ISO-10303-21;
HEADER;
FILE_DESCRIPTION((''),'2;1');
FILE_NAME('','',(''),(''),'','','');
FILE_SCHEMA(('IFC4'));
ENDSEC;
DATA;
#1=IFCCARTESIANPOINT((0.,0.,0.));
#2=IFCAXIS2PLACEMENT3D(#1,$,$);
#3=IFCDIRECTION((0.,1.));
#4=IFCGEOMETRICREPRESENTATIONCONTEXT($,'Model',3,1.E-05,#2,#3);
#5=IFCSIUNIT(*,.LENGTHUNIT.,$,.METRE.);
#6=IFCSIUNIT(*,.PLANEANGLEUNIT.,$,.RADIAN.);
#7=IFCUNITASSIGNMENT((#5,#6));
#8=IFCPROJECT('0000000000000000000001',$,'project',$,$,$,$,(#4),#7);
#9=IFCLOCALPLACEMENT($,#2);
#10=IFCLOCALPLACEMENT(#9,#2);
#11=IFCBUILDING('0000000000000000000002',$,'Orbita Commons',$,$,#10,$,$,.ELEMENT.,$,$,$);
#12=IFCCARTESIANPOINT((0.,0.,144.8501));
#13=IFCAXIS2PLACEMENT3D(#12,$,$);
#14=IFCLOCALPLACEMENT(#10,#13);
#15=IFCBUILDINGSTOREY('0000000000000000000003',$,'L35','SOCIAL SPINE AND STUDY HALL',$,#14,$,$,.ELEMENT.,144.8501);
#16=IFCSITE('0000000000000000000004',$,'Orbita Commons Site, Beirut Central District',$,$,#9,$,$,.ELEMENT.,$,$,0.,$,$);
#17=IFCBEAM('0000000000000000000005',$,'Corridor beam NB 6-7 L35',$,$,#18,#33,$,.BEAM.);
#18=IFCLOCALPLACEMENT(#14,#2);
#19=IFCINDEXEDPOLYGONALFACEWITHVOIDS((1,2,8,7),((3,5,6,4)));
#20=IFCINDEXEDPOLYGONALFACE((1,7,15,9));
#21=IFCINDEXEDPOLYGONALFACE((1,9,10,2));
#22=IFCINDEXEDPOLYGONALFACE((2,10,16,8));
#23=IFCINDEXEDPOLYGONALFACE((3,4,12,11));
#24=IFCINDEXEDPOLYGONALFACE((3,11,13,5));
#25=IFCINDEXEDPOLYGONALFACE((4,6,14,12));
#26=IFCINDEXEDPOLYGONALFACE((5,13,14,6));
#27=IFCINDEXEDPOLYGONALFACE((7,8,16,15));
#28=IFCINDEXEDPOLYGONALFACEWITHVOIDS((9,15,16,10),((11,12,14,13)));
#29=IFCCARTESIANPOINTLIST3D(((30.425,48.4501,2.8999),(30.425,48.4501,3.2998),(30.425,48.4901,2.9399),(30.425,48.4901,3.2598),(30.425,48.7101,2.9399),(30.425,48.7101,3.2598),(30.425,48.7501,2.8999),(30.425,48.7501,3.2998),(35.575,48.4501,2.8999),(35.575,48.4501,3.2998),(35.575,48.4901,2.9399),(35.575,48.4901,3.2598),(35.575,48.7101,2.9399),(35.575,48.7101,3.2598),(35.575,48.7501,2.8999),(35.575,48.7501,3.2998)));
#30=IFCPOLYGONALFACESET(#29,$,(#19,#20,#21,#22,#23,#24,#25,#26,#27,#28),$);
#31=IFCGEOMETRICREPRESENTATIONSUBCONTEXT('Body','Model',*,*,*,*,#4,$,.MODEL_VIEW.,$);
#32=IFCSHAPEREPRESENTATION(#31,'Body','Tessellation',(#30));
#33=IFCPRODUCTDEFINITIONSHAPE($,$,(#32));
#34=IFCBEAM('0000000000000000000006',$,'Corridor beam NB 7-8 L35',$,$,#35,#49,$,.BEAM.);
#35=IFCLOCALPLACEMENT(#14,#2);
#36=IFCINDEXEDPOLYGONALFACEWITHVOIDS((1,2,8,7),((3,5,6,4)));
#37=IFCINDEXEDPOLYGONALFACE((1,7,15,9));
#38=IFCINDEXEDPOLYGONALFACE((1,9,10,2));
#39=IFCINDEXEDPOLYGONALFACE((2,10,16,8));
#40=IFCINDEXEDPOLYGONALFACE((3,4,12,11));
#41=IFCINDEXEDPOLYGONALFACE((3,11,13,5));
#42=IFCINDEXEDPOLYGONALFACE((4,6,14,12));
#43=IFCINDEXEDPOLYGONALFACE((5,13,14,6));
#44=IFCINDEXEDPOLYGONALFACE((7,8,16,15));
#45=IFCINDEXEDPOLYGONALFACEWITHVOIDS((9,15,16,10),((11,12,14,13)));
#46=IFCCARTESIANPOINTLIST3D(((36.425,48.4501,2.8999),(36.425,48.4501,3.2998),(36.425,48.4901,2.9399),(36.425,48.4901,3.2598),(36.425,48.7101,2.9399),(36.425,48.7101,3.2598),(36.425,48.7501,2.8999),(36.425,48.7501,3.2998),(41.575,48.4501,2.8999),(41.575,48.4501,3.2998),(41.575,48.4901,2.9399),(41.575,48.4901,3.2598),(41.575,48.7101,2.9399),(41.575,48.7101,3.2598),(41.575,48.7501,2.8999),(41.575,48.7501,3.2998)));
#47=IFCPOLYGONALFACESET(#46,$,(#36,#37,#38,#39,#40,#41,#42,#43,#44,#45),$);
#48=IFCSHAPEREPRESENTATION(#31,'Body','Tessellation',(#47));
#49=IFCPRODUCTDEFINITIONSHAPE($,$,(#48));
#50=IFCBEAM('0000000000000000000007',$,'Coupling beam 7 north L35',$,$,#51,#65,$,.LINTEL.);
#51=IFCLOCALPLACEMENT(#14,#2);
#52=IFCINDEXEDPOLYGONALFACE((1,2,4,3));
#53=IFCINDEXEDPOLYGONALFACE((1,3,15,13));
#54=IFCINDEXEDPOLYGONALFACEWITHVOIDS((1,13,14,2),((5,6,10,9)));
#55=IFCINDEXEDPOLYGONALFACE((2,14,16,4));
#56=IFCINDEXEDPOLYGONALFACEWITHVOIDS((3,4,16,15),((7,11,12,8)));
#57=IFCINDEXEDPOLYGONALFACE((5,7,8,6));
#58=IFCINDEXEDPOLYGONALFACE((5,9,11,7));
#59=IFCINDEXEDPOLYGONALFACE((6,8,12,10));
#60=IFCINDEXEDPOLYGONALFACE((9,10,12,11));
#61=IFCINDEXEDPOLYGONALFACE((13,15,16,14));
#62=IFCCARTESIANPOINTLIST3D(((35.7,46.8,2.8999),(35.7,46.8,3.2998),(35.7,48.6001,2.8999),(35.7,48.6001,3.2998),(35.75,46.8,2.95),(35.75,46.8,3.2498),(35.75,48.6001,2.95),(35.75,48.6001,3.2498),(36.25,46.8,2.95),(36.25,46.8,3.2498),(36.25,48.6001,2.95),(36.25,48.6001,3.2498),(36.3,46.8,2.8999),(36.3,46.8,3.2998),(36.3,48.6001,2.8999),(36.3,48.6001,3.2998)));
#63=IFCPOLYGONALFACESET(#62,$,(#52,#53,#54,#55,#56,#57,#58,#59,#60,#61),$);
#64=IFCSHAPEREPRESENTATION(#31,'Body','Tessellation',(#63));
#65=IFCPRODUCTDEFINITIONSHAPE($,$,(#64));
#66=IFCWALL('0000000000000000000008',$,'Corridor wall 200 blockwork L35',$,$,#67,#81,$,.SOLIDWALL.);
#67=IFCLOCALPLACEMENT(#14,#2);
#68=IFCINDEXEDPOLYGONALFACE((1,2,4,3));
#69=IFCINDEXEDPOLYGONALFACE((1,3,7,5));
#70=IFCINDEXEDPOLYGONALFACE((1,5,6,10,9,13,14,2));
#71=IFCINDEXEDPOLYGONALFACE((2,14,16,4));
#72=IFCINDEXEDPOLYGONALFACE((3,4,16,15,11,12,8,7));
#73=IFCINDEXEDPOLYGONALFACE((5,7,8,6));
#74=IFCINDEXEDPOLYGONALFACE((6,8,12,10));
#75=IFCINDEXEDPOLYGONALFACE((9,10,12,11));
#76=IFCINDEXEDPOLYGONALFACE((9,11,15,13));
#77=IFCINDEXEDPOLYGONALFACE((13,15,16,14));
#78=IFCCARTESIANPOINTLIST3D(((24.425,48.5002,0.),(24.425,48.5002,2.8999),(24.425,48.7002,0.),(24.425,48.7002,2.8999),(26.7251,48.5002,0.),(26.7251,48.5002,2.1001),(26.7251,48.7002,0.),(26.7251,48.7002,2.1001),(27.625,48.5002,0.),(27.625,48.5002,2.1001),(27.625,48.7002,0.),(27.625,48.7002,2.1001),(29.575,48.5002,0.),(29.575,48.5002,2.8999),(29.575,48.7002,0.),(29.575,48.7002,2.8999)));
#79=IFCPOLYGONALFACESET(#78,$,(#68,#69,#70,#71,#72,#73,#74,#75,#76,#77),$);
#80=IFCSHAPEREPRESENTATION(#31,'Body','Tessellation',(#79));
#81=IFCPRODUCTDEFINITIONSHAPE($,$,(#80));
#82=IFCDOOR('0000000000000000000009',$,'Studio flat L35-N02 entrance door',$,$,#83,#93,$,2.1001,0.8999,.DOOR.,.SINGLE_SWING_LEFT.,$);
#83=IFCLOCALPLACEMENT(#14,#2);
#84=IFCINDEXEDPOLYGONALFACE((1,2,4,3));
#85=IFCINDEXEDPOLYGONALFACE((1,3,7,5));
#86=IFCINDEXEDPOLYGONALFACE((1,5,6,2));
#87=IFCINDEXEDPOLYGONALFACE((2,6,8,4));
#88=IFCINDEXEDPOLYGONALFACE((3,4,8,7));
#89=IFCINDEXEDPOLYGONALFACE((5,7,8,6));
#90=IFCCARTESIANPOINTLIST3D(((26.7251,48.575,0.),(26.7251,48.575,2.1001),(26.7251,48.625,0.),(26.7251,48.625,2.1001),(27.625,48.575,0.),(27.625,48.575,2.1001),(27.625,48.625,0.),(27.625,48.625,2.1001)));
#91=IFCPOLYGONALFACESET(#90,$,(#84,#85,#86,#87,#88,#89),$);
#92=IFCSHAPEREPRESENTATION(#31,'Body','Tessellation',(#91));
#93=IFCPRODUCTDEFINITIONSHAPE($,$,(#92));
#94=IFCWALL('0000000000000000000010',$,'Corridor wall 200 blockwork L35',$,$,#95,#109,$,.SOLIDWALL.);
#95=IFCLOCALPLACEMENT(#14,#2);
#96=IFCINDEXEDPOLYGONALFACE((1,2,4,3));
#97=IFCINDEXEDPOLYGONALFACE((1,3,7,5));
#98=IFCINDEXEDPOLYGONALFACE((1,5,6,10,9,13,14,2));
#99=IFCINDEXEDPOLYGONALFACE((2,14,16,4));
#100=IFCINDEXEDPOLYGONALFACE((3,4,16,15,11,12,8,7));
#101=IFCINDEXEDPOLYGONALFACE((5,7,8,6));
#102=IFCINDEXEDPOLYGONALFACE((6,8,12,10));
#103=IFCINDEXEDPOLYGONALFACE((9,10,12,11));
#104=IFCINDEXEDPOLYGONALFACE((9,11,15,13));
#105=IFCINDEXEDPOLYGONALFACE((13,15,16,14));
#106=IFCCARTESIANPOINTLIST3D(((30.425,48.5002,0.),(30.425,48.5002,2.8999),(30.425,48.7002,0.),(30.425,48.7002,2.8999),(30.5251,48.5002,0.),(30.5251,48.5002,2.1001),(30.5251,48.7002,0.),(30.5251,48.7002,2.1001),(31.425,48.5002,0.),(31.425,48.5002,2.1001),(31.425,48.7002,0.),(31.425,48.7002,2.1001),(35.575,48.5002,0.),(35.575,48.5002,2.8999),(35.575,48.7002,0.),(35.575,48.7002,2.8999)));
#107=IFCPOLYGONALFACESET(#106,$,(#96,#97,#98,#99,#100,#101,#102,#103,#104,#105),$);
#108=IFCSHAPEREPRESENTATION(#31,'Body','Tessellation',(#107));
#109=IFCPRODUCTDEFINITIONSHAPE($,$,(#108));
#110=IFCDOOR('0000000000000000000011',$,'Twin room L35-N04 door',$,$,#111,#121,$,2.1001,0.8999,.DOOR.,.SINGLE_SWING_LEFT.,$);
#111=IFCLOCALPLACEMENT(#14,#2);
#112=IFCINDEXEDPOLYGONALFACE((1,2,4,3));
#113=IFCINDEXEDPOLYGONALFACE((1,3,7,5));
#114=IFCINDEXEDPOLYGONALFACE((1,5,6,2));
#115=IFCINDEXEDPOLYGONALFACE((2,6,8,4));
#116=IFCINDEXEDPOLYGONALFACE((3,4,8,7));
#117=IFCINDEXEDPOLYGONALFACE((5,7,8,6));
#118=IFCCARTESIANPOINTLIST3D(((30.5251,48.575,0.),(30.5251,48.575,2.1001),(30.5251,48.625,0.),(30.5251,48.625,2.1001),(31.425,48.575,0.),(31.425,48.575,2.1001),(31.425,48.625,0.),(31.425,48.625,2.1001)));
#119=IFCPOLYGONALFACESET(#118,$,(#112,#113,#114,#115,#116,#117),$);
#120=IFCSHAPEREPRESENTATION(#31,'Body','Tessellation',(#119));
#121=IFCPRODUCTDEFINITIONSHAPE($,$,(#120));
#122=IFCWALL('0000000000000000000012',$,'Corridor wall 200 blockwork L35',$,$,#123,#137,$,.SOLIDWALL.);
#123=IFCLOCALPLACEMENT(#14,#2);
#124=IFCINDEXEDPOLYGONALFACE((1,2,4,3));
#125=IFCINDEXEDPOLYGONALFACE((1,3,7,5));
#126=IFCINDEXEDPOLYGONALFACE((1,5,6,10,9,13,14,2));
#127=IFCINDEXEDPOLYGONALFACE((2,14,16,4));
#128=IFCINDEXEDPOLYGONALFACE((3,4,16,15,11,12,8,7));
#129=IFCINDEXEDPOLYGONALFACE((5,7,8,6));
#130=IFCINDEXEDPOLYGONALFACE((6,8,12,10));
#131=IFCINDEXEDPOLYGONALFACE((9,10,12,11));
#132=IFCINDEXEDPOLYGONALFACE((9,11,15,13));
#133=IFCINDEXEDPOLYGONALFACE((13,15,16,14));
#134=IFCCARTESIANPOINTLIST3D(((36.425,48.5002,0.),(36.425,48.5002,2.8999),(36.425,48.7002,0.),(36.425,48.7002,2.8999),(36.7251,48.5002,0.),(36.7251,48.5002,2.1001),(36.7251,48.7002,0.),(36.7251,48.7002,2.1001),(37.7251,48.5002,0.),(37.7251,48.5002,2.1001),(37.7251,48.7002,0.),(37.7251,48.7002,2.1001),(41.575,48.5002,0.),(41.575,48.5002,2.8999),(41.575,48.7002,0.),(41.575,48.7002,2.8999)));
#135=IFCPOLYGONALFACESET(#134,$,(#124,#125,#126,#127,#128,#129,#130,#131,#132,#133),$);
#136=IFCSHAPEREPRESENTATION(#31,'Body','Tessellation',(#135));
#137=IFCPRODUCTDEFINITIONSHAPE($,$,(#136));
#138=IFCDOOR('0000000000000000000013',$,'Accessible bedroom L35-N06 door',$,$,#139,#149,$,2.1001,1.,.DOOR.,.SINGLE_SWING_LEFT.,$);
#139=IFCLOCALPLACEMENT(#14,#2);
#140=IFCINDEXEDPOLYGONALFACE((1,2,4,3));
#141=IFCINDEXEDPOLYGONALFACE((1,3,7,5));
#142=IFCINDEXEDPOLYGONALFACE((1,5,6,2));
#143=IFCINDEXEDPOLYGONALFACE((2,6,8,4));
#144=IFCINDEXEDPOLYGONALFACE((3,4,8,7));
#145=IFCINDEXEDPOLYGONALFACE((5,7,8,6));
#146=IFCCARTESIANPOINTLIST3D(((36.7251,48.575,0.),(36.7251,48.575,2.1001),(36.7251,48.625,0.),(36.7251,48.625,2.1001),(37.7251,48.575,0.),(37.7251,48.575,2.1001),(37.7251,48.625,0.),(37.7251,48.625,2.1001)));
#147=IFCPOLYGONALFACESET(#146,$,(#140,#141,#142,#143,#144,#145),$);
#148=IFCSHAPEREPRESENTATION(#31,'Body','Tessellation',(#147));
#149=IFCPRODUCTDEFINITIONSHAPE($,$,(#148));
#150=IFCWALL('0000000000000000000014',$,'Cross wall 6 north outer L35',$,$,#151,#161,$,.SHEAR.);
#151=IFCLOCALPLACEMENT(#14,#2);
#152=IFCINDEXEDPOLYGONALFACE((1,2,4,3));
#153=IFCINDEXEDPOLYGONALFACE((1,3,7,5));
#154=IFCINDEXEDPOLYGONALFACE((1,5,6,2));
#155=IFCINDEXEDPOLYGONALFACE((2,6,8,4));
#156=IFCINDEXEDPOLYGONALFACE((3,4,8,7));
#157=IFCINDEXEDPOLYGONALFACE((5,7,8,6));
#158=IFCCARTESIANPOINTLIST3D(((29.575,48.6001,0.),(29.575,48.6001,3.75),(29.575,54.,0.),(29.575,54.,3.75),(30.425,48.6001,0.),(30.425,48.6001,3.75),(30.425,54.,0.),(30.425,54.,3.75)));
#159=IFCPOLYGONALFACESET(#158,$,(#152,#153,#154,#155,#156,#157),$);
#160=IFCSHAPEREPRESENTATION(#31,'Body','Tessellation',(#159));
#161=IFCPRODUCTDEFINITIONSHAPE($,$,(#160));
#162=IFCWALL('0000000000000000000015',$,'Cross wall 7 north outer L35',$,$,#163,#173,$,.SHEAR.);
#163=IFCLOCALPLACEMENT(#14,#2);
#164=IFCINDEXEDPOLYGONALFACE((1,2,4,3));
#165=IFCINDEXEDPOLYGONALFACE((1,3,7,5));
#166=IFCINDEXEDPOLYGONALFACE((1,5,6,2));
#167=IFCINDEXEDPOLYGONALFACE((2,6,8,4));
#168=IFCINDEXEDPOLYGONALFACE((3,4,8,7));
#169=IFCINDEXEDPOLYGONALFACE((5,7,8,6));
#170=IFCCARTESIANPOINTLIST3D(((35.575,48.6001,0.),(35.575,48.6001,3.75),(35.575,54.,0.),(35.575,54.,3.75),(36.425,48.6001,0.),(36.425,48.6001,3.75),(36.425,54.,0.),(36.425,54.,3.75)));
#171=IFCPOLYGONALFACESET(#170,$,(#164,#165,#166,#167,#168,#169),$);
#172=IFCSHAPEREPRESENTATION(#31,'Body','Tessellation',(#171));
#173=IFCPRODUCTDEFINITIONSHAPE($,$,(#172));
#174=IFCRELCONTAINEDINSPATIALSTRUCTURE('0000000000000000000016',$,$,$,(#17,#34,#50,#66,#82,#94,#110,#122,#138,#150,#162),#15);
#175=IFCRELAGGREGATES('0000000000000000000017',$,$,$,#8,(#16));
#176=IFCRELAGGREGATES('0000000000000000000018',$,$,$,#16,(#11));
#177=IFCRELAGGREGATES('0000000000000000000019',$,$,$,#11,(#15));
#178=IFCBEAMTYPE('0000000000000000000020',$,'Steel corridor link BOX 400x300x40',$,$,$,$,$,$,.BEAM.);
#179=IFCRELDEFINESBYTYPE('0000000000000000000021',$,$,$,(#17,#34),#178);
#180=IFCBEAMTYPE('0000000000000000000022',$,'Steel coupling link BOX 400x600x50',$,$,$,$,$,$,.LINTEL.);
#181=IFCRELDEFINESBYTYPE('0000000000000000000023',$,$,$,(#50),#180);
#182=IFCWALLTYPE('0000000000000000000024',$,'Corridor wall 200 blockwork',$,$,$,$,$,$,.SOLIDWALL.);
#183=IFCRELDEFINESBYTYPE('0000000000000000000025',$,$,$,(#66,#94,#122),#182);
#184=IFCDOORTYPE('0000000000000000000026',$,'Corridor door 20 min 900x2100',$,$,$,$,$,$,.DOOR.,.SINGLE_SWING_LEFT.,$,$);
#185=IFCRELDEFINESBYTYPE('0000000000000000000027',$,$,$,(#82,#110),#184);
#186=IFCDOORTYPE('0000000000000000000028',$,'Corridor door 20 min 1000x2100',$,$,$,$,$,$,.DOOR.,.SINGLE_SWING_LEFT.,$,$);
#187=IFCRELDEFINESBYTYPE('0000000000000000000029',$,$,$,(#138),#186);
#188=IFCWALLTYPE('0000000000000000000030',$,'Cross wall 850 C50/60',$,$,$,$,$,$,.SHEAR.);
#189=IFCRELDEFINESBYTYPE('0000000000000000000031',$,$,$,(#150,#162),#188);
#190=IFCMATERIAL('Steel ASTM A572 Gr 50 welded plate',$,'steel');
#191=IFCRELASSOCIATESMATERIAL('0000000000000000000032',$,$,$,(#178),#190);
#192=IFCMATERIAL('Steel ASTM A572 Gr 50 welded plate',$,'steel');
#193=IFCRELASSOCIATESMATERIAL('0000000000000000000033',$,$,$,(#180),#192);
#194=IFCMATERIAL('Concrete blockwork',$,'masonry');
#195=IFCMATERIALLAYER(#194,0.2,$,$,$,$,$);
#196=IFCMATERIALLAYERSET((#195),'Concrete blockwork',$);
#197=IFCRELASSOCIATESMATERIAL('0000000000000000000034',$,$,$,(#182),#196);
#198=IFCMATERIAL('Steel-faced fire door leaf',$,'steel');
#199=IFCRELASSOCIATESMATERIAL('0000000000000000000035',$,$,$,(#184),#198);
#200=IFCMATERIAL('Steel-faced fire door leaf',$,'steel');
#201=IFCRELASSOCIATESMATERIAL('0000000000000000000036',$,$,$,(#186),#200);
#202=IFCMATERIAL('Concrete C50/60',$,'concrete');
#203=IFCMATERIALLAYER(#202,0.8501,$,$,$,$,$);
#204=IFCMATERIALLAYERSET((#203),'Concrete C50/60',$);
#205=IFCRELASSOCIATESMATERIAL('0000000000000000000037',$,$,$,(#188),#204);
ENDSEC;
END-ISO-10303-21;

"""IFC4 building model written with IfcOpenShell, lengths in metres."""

from ifc_helpers import new_model, si_unit, direction, frame, frame_2d, origin, origin_2d, place, context, subcontext, project, spatial, polyline, rectangle, hollow_rectangle, outline, extrude, material, layer, layer_set, material_profile, profile_set, type_object, element, fill, save


model = new_model("IFC4")

# Units and contexts
model_context = context("Model", 3, precision=1e-05, world=origin(), true_north=direction((0.0, 1.0)))
body_context = subcontext(model_context, "Body", "Model", "MODEL_VIEW")
ifc_project = project(units=[si_unit("LENGTHUNIT", "METRE"), si_unit("PLANEANGLEUNIT", "RADIAN")], contexts=[model_context])

# Site, building, storey
site_placement = place(None, origin())
site = spatial("IfcSite", under=ifc_project, at=site_placement, Name="Orbita Commons Site, Beirut Central District", CompositionType="ELEMENT", RefElevation=0.0)
building_placement = place(site_placement, origin())
building = spatial("IfcBuilding", under=site, at=building_placement, Name="Orbita Commons", CompositionType="ELEMENT")
storey_placement = place(building_placement, frame((0.0, 0.0, 144.8501)))
storey = spatial("IfcBuildingStorey", under=building, at=storey_placement, Name="L35", Description="SOCIAL SPINE AND STUDY HALL", CompositionType="ELEMENT", Elevation=144.8501)

# Beams
ifc_material_1 = material(Name="Steel ASTM A572 Gr 50 welded plate", Category="steel")
ifc_material_profile_1 = material_profile(ifc_material_1, hollow_rectangle(XDim=0.3, YDim=0.3999, WallThickness=0.04, at=origin_2d()), Name="BOX 400x300x40")
ifc_profile_set_1 = profile_set([ifc_material_profile_1], Name="Steel ASTM A572 Gr 50 welded plate")
beam_type_1 = type_object("IfcBeamType", Name="Steel corridor link BOX 400x300x40", PredefinedType="BEAM", material=ifc_profile_set_1)
for number, where, z_axis, x_axis, name in (
    (1, (30.425, 48.6001, 3.0999), (1.0, 0.0, 0.0), (0.0, 1.0, 0.0), "Corridor beam NB 6-7 L35"),
    (2, (36.425, 48.6001, 3.0999), (1.0, 0.0, 0.0), (0.0, 1.0, 0.0), "Corridor beam NB 7-8 L35"),
):
    element("IfcBeam", number, at=place(storey_placement, frame(where, z_axis=z_axis, x_axis=x_axis)), inside=storey, type_object=beam_type_1, Name=name, PredefinedType="BEAM", context=body_context, shape_type="SweptSolid", body=[
        extrude(hollow_rectangle(XDim=0.3, YDim=0.3999, WallThickness=0.04, at=origin_2d()), origin(), (0.0, 0.0, 1.0), 5.1499),
    ])
ifc_material_2 = material(Name="Steel ASTM A572 Gr 50 welded plate", Category="steel")
ifc_material_profile_2 = material_profile(ifc_material_2, hollow_rectangle(XDim=0.6001, YDim=0.3999, WallThickness=0.05, at=origin_2d()), Name="BOX 400x600x50")
ifc_profile_set_2 = profile_set([ifc_material_profile_2], Name="Steel ASTM A572 Gr 50 welded plate")
beam_type_2 = type_object("IfcBeamType", Name="Steel coupling link BOX 400x600x50", PredefinedType="LINTEL", material=ifc_profile_set_2)
beam_placement = place(storey_placement, frame((36.0, 46.8, 3.0999), z_axis=(0.0, 1.0, 0.0), x_axis=(-1.0, 0.0, 0.0)))
element("IfcBeam", 3, at=beam_placement, inside=storey, type_object=beam_type_2, Name="Coupling beam 7 north L35", PredefinedType="LINTEL", context=body_context, shape_type="SweptSolid", body=[
    extrude(hollow_rectangle(XDim=0.6001, YDim=0.3999, WallThickness=0.05, at=origin_2d()), origin(), (0.0, 0.0, 1.0), 1.8),
])

# Walls, openings, doors
ifc_material_3 = material(Name="Concrete blockwork", Category="masonry")
ifc_layer_1 = layer(ifc_material_3, 0.2)
ifc_layer_set_1 = layer_set([ifc_layer_1], Name="Concrete blockwork")
wall_type_1 = type_object("IfcWallType", Name="Corridor wall 200 blockwork", PredefinedType="SOLIDWALL", material=ifc_layer_set_1)
wall_1_placement = place(storey_placement, frame((24.425, 48.6001, 0.0), z_axis=(0.0, 0.0, 1.0), x_axis=(1.0, 0.0, 0.0)))
wall_1 = element("IfcWall", 4, at=wall_1_placement, inside=storey, type_object=wall_type_1, Name="Corridor wall 200 blockwork L35", PredefinedType="SOLIDWALL", context=body_context, shape_type="SweptSolid", body=[
    extrude(outline(polyline([(0.0, 0.0), (5.1499, 0.0), (5.1499, 2.8999), (0.0, 2.8999), (0.0, 0.0)])), frame((0.0, 0.1001, 0.0), z_axis=(0.0, -1.0, 0.0), x_axis=(1.0, 0.0, 0.0)), (0.0, 0.0, 1.0), 0.2),
])
opening_1_placement = place(wall_1_placement, frame((2.3, 0.0, 0.0)))
opening_1 = element("IfcOpeningElement", 5, at=opening_1_placement, cuts=wall_1, PredefinedType="OPENING", context=body_context, shape_type="SweptSolid", body=[
    extrude(rectangle(XDim=0.8999, YDim=2.1001, at=frame_2d((0.45, 1.05))), frame((0.0, 0.1099, 0.0), z_axis=(0.0, -1.0, 0.0), x_axis=(1.0, 0.0, 0.0)), (0.0, 0.0, 1.0), 0.22),
])
ifc_material_4 = material(Name="Steel-faced fire door leaf", Category="steel")
door_type_1 = type_object("IfcDoorType", Name="Corridor door 20 min 900x2100", OperationType="SINGLE_SWING_LEFT", PredefinedType="DOOR", material=ifc_material_4)
door_1_placement = place(opening_1_placement, origin())
door_1 = element("IfcDoor", 6, at=door_1_placement, inside=storey, type_object=door_type_1, Name="Studio flat L35-N02 entrance door", OperationType="SINGLE_SWING_LEFT", OverallHeight=2.1001, OverallWidth=0.8999, PredefinedType="DOOR", context=body_context, shape_type="SweptSolid", body=[
    extrude(rectangle(XDim=0.8999, YDim=2.1001, at=frame_2d((0.45, 1.05))), frame((0.0, 0.0249, 0.0), z_axis=(0.0, -1.0, 0.0), x_axis=(1.0, 0.0, 0.0)), (0.0, 0.0, 1.0), 0.05),
])
fill(opening_1, door_1)
wall_2_placement = place(storey_placement, frame((30.425, 48.6001, 0.0), z_axis=(0.0, 0.0, 1.0), x_axis=(1.0, 0.0, 0.0)))
wall_2 = element("IfcWall", 7, at=wall_2_placement, inside=storey, type_object=wall_type_1, Name="Corridor wall 200 blockwork L35", PredefinedType="SOLIDWALL", context=body_context, shape_type="SweptSolid", body=[
    extrude(outline(polyline([(0.0, 0.0), (5.1499, 0.0), (5.1499, 2.8999), (0.0, 2.8999), (0.0, 0.0)])), frame((0.0, 0.1001, 0.0), z_axis=(0.0, -1.0, 0.0), x_axis=(1.0, 0.0, 0.0)), (0.0, 0.0, 1.0), 0.2),
])
opening_2_placement = place(wall_2_placement, frame((0.1001, 0.0, 0.0)))
opening_2 = element("IfcOpeningElement", 8, at=opening_2_placement, cuts=wall_2, PredefinedType="OPENING", context=body_context, shape_type="SweptSolid", body=[
    extrude(rectangle(XDim=0.8999, YDim=2.1001, at=frame_2d((0.45, 1.05))), frame((0.0, 0.1099, 0.0), z_axis=(0.0, -1.0, 0.0), x_axis=(1.0, 0.0, 0.0)), (0.0, 0.0, 1.0), 0.22),
])
door_2_placement = place(opening_2_placement, origin())
door_2 = element("IfcDoor", 9, at=door_2_placement, inside=storey, type_object=door_type_1, Name="Twin room L35-N04 door", OperationType="SINGLE_SWING_LEFT", OverallHeight=2.1001, OverallWidth=0.8999, PredefinedType="DOOR", context=body_context, shape_type="SweptSolid", body=[
    extrude(rectangle(XDim=0.8999, YDim=2.1001, at=frame_2d((0.45, 1.05))), frame((0.0, 0.0249, 0.0), z_axis=(0.0, -1.0, 0.0), x_axis=(1.0, 0.0, 0.0)), (0.0, 0.0, 1.0), 0.05),
])
fill(opening_2, door_2)
wall_3_placement = place(storey_placement, frame((36.425, 48.6001, 0.0), z_axis=(0.0, 0.0, 1.0), x_axis=(1.0, 0.0, 0.0)))
wall_3 = element("IfcWall", 10, at=wall_3_placement, inside=storey, type_object=wall_type_1, Name="Corridor wall 200 blockwork L35", PredefinedType="SOLIDWALL", context=body_context, shape_type="SweptSolid", body=[
    extrude(outline(polyline([(0.0, 0.0), (5.1499, 0.0), (5.1499, 2.8999), (0.0, 2.8999), (0.0, 0.0)])), frame((0.0, 0.1001, 0.0), z_axis=(0.0, -1.0, 0.0), x_axis=(1.0, 0.0, 0.0)), (0.0, 0.0, 1.0), 0.2),
])
opening_3_placement = place(wall_3_placement, frame((0.3, 0.0, 0.0)))
opening_3 = element("IfcOpeningElement", 11, at=opening_3_placement, cuts=wall_3, PredefinedType="OPENING", context=body_context, shape_type="SweptSolid", body=[
    extrude(rectangle(XDim=1.0, YDim=2.1001, at=frame_2d((0.5, 1.05))), frame((0.0, 0.1099, 0.0), z_axis=(0.0, -1.0, 0.0), x_axis=(1.0, 0.0, 0.0)), (0.0, 0.0, 1.0), 0.22),
])
ifc_material_5 = material(Name="Steel-faced fire door leaf", Category="steel")
door_type_2 = type_object("IfcDoorType", Name="Corridor door 20 min 1000x2100", OperationType="SINGLE_SWING_LEFT", PredefinedType="DOOR", material=ifc_material_5)
door_3_placement = place(opening_3_placement, origin())
door_3 = element("IfcDoor", 12, at=door_3_placement, inside=storey, type_object=door_type_2, Name="Accessible bedroom L35-N06 door", OperationType="SINGLE_SWING_LEFT", OverallHeight=2.1001, OverallWidth=1.0, PredefinedType="DOOR", context=body_context, shape_type="SweptSolid", body=[
    extrude(rectangle(XDim=1.0, YDim=2.1001, at=frame_2d((0.5, 1.05))), frame((0.0, 0.0249, 0.0), z_axis=(0.0, -1.0, 0.0), x_axis=(1.0, 0.0, 0.0)), (0.0, 0.0, 1.0), 0.05),
])
fill(opening_3, door_3)

# Walls
ifc_material_6 = material(Name="Concrete C50/60", Category="concrete")
ifc_layer_2 = layer(ifc_material_6, 0.8501)
ifc_layer_set_2 = layer_set([ifc_layer_2], Name="Concrete C50/60")
wall_type_2 = type_object("IfcWallType", Name="Cross wall 850 C50/60", PredefinedType="SHEAR", material=ifc_layer_set_2)
for number, where, z_axis, x_axis, name in (
    (13, (30.0, 48.6001, 0.0), (0.0, 0.0, 1.0), (0.0, 1.0, 0.0), "Cross wall 6 north outer L35"),
    (14, (36.0, 48.6001, 0.0), (0.0, 0.0, 1.0), (0.0, 1.0, 0.0), "Cross wall 7 north outer L35"),
):
    element("IfcWall", number, at=place(storey_placement, frame(where, z_axis=z_axis, x_axis=x_axis)), inside=storey, type_object=wall_type_2, Name=name, PredefinedType="SHEAR", context=body_context, shape_type="SweptSolid", body=[
        extrude(rectangle(XDim=5.3999, YDim=0.8501, at=frame_2d((2.7, 0.0))), origin(), (0.0, 0.0, 1.0), 3.75),
    ])

save(model, "model.ifc")
